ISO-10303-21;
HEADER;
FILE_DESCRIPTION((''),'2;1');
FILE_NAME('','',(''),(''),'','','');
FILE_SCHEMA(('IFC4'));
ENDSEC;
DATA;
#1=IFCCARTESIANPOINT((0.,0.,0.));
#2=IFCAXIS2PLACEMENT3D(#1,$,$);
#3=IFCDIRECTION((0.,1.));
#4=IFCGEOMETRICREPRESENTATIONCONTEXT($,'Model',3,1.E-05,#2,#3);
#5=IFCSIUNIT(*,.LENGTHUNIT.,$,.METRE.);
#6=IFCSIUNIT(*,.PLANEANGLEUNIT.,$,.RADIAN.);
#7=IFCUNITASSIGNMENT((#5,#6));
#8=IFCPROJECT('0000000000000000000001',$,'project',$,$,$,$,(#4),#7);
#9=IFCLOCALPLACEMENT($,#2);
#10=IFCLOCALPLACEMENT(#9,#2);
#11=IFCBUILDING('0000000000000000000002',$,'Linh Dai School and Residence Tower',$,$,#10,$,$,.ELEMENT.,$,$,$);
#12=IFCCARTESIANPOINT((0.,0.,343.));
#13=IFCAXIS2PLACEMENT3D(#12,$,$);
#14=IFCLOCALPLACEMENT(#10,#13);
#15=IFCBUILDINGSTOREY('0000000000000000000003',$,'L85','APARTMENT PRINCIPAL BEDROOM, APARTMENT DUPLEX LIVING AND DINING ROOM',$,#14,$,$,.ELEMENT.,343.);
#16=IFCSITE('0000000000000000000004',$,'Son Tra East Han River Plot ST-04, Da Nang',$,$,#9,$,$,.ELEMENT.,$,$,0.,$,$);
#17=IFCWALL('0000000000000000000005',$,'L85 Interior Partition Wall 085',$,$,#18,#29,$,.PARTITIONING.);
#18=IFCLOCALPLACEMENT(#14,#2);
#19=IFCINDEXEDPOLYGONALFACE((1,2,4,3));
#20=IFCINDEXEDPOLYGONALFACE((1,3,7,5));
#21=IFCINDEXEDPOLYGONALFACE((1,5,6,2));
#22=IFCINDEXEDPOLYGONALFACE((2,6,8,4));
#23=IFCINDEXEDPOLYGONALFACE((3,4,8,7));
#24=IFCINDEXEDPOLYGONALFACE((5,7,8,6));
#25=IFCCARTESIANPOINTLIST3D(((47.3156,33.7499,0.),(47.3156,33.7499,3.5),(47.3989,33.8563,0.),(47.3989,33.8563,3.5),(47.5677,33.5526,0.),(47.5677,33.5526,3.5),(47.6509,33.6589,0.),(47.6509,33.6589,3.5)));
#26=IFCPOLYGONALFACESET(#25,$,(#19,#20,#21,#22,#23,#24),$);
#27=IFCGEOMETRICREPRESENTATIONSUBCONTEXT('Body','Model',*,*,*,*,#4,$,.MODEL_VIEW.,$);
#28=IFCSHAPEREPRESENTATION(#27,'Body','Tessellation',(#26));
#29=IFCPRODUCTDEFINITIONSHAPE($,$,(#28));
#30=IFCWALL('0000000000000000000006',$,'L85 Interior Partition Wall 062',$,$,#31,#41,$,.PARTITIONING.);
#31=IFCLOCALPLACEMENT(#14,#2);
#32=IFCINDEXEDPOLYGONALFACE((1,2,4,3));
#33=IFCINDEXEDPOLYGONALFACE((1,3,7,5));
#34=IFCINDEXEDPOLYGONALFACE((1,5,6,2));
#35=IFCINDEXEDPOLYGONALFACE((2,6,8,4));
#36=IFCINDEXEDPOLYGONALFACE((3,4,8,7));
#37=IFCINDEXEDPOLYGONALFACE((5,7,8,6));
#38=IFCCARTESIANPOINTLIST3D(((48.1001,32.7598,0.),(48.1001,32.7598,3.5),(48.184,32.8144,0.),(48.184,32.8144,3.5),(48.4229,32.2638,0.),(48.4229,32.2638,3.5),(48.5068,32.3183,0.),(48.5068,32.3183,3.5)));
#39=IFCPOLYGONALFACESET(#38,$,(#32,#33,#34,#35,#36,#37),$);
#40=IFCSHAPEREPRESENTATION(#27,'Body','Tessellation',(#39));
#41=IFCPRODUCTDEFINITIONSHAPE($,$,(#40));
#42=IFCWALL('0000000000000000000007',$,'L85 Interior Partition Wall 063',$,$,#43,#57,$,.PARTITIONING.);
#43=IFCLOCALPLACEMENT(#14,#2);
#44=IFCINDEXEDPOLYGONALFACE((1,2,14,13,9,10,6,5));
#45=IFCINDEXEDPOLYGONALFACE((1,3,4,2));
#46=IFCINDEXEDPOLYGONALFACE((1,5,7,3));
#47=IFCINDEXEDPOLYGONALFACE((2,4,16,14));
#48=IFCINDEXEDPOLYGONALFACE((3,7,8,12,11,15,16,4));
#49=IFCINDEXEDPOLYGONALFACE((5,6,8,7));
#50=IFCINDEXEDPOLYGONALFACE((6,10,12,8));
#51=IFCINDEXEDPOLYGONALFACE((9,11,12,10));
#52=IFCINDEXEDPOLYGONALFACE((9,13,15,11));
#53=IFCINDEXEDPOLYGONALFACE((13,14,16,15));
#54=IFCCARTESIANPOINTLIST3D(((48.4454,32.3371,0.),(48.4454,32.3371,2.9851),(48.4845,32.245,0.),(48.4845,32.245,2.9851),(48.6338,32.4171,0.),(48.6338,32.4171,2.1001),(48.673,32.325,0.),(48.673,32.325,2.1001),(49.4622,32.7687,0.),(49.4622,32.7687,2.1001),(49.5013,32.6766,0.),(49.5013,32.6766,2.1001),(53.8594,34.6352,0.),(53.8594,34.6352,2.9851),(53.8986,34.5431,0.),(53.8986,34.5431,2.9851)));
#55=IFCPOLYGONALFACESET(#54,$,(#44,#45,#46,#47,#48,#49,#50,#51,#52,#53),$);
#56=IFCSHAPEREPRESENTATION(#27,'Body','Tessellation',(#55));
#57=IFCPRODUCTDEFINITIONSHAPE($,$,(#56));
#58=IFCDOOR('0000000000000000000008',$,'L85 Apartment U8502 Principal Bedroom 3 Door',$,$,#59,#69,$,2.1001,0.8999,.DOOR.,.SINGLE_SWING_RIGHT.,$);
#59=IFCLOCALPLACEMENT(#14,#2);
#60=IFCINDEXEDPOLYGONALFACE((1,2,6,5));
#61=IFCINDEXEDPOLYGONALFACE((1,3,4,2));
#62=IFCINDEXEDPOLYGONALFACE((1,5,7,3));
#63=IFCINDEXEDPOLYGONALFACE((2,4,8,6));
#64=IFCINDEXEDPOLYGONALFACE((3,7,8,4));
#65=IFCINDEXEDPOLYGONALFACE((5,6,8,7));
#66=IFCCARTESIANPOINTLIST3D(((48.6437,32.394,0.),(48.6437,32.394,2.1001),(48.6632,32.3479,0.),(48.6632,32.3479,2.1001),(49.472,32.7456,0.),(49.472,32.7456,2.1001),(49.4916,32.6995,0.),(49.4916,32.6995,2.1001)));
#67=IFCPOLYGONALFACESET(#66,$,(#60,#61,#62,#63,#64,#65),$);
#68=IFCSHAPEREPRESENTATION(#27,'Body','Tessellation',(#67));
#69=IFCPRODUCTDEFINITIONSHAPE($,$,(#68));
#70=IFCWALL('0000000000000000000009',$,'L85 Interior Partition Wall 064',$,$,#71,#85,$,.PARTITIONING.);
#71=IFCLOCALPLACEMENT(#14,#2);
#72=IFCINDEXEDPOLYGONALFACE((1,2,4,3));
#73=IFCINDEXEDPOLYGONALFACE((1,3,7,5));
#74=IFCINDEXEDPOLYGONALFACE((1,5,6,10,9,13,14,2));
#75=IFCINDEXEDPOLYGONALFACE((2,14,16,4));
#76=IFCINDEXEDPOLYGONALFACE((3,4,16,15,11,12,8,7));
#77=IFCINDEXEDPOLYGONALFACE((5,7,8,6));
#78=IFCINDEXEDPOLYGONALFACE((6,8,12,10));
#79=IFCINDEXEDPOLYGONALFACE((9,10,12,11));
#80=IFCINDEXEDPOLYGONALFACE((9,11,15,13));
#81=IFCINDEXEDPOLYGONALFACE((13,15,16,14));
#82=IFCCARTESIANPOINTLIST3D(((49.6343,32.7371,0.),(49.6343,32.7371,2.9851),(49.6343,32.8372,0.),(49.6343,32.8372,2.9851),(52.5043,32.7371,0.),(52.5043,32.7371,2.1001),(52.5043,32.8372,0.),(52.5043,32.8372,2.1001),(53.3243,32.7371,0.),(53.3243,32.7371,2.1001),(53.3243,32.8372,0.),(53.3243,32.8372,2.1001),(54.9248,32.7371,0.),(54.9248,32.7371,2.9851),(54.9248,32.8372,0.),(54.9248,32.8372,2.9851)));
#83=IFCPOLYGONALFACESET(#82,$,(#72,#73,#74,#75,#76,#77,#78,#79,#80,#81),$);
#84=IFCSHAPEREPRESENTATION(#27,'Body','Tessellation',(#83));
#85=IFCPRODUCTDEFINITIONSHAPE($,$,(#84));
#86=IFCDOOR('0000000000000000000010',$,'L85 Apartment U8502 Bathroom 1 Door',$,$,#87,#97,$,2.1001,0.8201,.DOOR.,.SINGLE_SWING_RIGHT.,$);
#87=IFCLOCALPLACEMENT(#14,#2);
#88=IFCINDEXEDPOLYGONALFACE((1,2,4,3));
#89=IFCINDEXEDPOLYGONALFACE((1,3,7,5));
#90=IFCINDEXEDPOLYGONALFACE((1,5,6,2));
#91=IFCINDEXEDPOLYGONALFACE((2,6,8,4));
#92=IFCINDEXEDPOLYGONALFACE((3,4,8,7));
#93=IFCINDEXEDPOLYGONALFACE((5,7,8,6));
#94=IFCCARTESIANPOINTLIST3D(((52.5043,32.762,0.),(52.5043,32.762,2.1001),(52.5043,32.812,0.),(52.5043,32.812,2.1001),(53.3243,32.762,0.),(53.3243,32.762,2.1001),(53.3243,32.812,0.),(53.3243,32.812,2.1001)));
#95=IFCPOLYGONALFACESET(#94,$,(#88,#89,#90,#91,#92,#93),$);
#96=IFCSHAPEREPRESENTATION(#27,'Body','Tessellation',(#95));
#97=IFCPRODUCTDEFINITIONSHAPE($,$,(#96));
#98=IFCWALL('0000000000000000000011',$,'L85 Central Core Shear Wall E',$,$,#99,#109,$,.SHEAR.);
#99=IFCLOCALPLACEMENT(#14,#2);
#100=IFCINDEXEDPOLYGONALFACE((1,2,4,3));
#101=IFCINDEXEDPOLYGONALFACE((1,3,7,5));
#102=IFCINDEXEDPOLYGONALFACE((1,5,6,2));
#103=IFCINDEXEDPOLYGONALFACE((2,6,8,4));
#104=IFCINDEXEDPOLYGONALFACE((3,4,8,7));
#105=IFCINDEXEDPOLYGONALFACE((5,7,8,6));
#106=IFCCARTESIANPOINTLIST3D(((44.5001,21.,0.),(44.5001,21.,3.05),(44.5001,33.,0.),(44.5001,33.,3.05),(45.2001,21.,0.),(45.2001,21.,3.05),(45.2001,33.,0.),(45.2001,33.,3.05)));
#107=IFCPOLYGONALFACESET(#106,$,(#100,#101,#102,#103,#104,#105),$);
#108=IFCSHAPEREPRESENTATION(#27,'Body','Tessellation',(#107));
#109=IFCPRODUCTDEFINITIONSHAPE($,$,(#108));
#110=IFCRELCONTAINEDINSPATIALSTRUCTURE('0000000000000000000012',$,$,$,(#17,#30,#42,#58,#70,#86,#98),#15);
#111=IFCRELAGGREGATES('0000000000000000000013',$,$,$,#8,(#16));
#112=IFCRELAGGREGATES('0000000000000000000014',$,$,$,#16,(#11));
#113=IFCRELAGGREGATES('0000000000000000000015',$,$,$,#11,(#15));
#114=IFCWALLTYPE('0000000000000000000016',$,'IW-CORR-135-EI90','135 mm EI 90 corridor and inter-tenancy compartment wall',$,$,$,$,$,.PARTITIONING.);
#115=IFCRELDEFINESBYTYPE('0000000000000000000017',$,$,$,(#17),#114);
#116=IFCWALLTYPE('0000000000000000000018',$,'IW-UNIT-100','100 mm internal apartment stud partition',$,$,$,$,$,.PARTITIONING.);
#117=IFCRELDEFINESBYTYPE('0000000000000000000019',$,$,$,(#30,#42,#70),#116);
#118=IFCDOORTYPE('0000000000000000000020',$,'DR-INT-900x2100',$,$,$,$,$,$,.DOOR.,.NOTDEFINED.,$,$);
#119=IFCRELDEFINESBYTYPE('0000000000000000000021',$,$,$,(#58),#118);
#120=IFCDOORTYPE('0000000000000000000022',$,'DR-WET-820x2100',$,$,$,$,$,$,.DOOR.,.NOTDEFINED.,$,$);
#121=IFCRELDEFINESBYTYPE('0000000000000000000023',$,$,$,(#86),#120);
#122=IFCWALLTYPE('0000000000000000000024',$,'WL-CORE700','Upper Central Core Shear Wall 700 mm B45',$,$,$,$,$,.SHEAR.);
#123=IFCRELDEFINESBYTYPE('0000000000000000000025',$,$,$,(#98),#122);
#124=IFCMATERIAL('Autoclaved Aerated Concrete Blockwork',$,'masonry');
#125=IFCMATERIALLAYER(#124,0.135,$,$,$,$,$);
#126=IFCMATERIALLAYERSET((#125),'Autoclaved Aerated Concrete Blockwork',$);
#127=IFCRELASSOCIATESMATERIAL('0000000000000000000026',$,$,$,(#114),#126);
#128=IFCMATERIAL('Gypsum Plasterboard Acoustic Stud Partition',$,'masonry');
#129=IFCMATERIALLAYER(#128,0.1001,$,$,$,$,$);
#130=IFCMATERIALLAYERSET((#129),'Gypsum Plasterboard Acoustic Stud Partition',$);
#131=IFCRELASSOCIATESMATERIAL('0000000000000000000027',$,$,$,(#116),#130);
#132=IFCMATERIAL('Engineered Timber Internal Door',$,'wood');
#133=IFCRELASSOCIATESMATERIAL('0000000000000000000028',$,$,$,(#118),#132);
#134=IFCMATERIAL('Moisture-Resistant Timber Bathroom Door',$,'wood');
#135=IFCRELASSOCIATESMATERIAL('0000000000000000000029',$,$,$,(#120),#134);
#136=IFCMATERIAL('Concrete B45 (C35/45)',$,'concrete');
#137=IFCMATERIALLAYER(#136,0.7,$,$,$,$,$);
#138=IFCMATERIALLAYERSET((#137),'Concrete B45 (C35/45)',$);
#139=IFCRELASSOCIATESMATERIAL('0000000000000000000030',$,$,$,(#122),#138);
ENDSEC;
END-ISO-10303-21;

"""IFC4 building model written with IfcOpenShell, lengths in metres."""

from ifc_helpers import new_model, si_unit, direction, frame, frame_2d, origin, origin_2d, place, context, subcontext, project, spatial, rectangle, extrude, source, transform, mapped, material, layer, layer_set, type_object, element, fill, save


model = new_model("IFC4")

# Units and contexts
model_context = context("Model", 3, precision=1e-05, world=origin(), true_north=direction((0.0, 1.0)))
body_context = subcontext(model_context, "Body", "Model", "MODEL_VIEW")
ifc_project = project(units=[si_unit("LENGTHUNIT", "METRE"), si_unit("PLANEANGLEUNIT", "RADIAN")], contexts=[model_context])

# Site, building, storey
site_placement = place(None, origin())
site = spatial("IfcSite", under=ifc_project, at=site_placement, Name="Son Tra East Han River Plot ST-04, Da Nang", CompositionType="ELEMENT", RefElevation=0.0)
building_placement = place(site_placement, origin())
building = spatial("IfcBuilding", under=site, at=building_placement, Name="Linh Dai School and Residence Tower", CompositionType="ELEMENT")
storey_placement = place(building_placement, frame((0.0, 0.0, 343.0)))
storey = spatial("IfcBuildingStorey", under=building, at=storey_placement, Name="L85", Description="APARTMENT PRINCIPAL BEDROOM, APARTMENT DUPLEX LIVING AND DINING ROOM", CompositionType="ELEMENT", Elevation=343.0)

# Shared definitions
ifc_material_1 = material(Name="Concrete B45 (C35/45)", Category="concrete")

# Walls
ifc_material_2 = material(Name="Autoclaved Aerated Concrete Blockwork", Category="masonry")
ifc_layer_1 = layer(ifc_material_2, 0.135)
ifc_layer_set_1 = layer_set([ifc_layer_1], Name="Autoclaved Aerated Concrete Blockwork")
wall_type_1 = type_object("IfcWallType", Name="IW-CORR-135-EI90", Description="135 mm EI 90 corridor and inter-tenancy compartment wall", PredefinedType="PARTITIONING", material=ifc_layer_set_1)
wall_1_placement = place(storey_placement, frame((47.6094, 33.6057, 0.0), z_axis=(0.0, 0.0, 1.0), x_axis=(-0.787376, 0.616473, 0.0)))
element("IfcWall", 1, at=wall_1_placement, inside=storey, type_object=wall_type_1, Name="L85 Interior Partition Wall 085", PredefinedType="PARTITIONING", context=body_context, shape_type="SweptSolid", body=[
    extrude(rectangle(XDim=0.3201, YDim=0.135, at=frame_2d((0.1602, 0.0))), origin(), (0.0, 0.0, 1.0), 3.5),
])
ifc_material_3 = material(Name="Gypsum Plasterboard Acoustic Stud Partition", Category="masonry")
ifc_layer_2 = layer(ifc_material_3, 0.1001)
ifc_layer_set_2 = layer_set([ifc_layer_2], Name="Gypsum Plasterboard Acoustic Stud Partition")
wall_type_2 = type_object("IfcWallType", Name="IW-UNIT-100", Description="100 mm internal apartment stud partition", PredefinedType="PARTITIONING", material=ifc_layer_set_2)
wall_2_placement = place(storey_placement, frame((48.1421, 32.7871, 0.0), z_axis=(0.0, 0.0, 1.0), x_axis=(0.545336, -0.838217, 0.0)))
element("IfcWall", 2, at=wall_2_placement, inside=storey, type_object=wall_type_2, Name="L85 Interior Partition Wall 062", PredefinedType="PARTITIONING", context=body_context, shape_type="SweptSolid", body=[
    extrude(rectangle(XDim=0.5918, YDim=0.1001, at=frame_2d((0.2959, 0.0))), origin(), (0.0, 0.0, 1.0), 3.5),
])

# Walls, openings, doors
wall_3_placement = place(storey_placement, frame((48.4648, 32.291, 0.0), z_axis=(0.0, 0.0, 1.0), x_axis=(0.920507, 0.390726, 0.0)))
wall_3 = element("IfcWall", 3, at=wall_3_placement, inside=storey, type_object=wall_type_2, Name="L85 Interior Partition Wall 063", PredefinedType="PARTITIONING", context=body_context, shape_type="SweptSolid", body=[
    extrude(rectangle(XDim=5.8816, YDim=0.1001, at=frame_2d((2.9409, 0.0))), origin(), (0.0, 0.0, 1.0), 2.9851),
])
opening_1_placement = place(wall_3_placement, frame((0.2048, 0.0, 0.0)))
opening_1 = element("IfcOpeningElement", 4, at=opening_1_placement, cuts=wall_3, PredefinedType="OPENING", context=body_context, shape_type="SweptSolid", body=[
    extrude(rectangle(XDim=0.8999, YDim=2.1001, at=origin_2d()), frame((0.45, 0.0601, 1.05), z_axis=(0.0, -1.0, 0.0), x_axis=(1.0, 0.0, 0.0)), (0.0, 0.0, 1.0), 0.1201),
])
ifc_material_4 = material(Name="Engineered Timber Internal Door", Category="wood")
door_type_1 = type_object("IfcDoorType", Name="DR-INT-900x2100", OperationType="NOTDEFINED", PredefinedType="DOOR", material=ifc_material_4)
shared_shape_1 = source(origin(), body_context, "Body", "SweptSolid", [
    extrude(rectangle(XDim=0.8999, YDim=2.1001, at=origin_2d()), frame((0.45, 0.0249, 1.05), z_axis=(0.0, -1.0, 0.0), x_axis=(1.0, 0.0, 0.0)), (0.0, 0.0, 1.0), 0.05),
])
door_1_placement = place(opening_1_placement, origin())
door_1 = element("IfcDoor", 5, at=door_1_placement, inside=storey, type_object=door_type_1, Name="L85 Apartment U8502 Principal Bedroom 3 Door", OperationType="SINGLE_SWING_RIGHT", OverallHeight=2.1001, OverallWidth=0.8999, PredefinedType="DOOR", context=body_context, shape_type="MappedRepresentation", body=[
    mapped(shared_shape_1, transform((0.0, 0.0, 0.0), x_axis=(1.0, 0.0, 0.0), y_axis=(0.0, 1.0, 0.0), z_axis=(0.0, 0.0, 1.0), scale=1.0)),
])
fill(opening_1, door_1)
wall_4_placement = place(storey_placement, frame((49.6343, 32.7871, 0.0), z_axis=(0.0, 0.0, 1.0), x_axis=(1.0, 0.0, 0.0)))
wall_4 = element("IfcWall", 6, at=wall_4_placement, inside=storey, type_object=wall_type_2, Name="L85 Interior Partition Wall 064", PredefinedType="PARTITIONING", context=body_context, shape_type="SweptSolid", body=[
    extrude(rectangle(XDim=5.2905, YDim=0.1001, at=frame_2d((2.6453, 0.0))), origin(), (0.0, 0.0, 1.0), 2.9851),
])
opening_2_placement = place(wall_4_placement, frame((2.8699, 0.0, 0.0)))
opening_2 = element("IfcOpeningElement", 7, at=opening_2_placement, cuts=wall_4, PredefinedType="OPENING", context=body_context, shape_type="SweptSolid", body=[
    extrude(rectangle(XDim=0.8201, YDim=2.1001, at=origin_2d()), frame((0.4102, 0.0601, 1.05), z_axis=(0.0, -1.0, 0.0), x_axis=(1.0, 0.0, 0.0)), (0.0, 0.0, 1.0), 0.1201),
])
ifc_material_5 = material(Name="Moisture-Resistant Timber Bathroom Door", Category="wood")
door_type_2 = type_object("IfcDoorType", Name="DR-WET-820x2100", OperationType="NOTDEFINED", PredefinedType="DOOR", material=ifc_material_5)
shared_shape_2 = source(origin(), body_context, "Body", "SweptSolid", [
    extrude(rectangle(XDim=0.8201, YDim=2.1001, at=origin_2d()), frame((0.4102, 0.0249, 1.05), z_axis=(0.0, -1.0, 0.0), x_axis=(1.0, 0.0, 0.0)), (0.0, 0.0, 1.0), 0.05),
])
door_2_placement = place(opening_2_placement, origin())
door_2 = element("IfcDoor", 8, at=door_2_placement, inside=storey, type_object=door_type_2, Name="L85 Apartment U8502 Bathroom 1 Door", OperationType="SINGLE_SWING_RIGHT", OverallHeight=2.1001, OverallWidth=0.8201, PredefinedType="DOOR", context=body_context, shape_type="MappedRepresentation", body=[
    mapped(shared_shape_2, transform((0.0, 0.0, 0.0), x_axis=(1.0, 0.0, 0.0), y_axis=(0.0, 1.0, 0.0), z_axis=(0.0, 0.0, 1.0), scale=1.0)),
])
fill(opening_2, door_2)

# Wall
ifc_layer_3 = layer(ifc_material_1, 0.7)
ifc_layer_set_3 = layer_set([ifc_layer_3], Name="Concrete B45 (C35/45)")
wall_type_3 = type_object("IfcWallType", Name="WL-CORE700", Description="Upper Central Core Shear Wall 700 mm B45", PredefinedType="SHEAR", material=ifc_layer_set_3)
wall_5_placement = place(storey_placement, frame((44.8501, 33.0, 0.0), z_axis=(0.0, 0.0, 1.0), x_axis=(0.0, -1.0, 0.0)))
element("IfcWall", 9, at=wall_5_placement, inside=storey, type_object=wall_type_3, Name="L85 Central Core Shear Wall E", PredefinedType="SHEAR", context=body_context, shape_type="SweptSolid", body=[
    extrude(rectangle(XDim=12.0, YDim=0.7, at=frame_2d((6.0, 0.0))), origin(), (0.0, 0.0, 1.0), 3.05),
])

save(model, "model.ifc")
